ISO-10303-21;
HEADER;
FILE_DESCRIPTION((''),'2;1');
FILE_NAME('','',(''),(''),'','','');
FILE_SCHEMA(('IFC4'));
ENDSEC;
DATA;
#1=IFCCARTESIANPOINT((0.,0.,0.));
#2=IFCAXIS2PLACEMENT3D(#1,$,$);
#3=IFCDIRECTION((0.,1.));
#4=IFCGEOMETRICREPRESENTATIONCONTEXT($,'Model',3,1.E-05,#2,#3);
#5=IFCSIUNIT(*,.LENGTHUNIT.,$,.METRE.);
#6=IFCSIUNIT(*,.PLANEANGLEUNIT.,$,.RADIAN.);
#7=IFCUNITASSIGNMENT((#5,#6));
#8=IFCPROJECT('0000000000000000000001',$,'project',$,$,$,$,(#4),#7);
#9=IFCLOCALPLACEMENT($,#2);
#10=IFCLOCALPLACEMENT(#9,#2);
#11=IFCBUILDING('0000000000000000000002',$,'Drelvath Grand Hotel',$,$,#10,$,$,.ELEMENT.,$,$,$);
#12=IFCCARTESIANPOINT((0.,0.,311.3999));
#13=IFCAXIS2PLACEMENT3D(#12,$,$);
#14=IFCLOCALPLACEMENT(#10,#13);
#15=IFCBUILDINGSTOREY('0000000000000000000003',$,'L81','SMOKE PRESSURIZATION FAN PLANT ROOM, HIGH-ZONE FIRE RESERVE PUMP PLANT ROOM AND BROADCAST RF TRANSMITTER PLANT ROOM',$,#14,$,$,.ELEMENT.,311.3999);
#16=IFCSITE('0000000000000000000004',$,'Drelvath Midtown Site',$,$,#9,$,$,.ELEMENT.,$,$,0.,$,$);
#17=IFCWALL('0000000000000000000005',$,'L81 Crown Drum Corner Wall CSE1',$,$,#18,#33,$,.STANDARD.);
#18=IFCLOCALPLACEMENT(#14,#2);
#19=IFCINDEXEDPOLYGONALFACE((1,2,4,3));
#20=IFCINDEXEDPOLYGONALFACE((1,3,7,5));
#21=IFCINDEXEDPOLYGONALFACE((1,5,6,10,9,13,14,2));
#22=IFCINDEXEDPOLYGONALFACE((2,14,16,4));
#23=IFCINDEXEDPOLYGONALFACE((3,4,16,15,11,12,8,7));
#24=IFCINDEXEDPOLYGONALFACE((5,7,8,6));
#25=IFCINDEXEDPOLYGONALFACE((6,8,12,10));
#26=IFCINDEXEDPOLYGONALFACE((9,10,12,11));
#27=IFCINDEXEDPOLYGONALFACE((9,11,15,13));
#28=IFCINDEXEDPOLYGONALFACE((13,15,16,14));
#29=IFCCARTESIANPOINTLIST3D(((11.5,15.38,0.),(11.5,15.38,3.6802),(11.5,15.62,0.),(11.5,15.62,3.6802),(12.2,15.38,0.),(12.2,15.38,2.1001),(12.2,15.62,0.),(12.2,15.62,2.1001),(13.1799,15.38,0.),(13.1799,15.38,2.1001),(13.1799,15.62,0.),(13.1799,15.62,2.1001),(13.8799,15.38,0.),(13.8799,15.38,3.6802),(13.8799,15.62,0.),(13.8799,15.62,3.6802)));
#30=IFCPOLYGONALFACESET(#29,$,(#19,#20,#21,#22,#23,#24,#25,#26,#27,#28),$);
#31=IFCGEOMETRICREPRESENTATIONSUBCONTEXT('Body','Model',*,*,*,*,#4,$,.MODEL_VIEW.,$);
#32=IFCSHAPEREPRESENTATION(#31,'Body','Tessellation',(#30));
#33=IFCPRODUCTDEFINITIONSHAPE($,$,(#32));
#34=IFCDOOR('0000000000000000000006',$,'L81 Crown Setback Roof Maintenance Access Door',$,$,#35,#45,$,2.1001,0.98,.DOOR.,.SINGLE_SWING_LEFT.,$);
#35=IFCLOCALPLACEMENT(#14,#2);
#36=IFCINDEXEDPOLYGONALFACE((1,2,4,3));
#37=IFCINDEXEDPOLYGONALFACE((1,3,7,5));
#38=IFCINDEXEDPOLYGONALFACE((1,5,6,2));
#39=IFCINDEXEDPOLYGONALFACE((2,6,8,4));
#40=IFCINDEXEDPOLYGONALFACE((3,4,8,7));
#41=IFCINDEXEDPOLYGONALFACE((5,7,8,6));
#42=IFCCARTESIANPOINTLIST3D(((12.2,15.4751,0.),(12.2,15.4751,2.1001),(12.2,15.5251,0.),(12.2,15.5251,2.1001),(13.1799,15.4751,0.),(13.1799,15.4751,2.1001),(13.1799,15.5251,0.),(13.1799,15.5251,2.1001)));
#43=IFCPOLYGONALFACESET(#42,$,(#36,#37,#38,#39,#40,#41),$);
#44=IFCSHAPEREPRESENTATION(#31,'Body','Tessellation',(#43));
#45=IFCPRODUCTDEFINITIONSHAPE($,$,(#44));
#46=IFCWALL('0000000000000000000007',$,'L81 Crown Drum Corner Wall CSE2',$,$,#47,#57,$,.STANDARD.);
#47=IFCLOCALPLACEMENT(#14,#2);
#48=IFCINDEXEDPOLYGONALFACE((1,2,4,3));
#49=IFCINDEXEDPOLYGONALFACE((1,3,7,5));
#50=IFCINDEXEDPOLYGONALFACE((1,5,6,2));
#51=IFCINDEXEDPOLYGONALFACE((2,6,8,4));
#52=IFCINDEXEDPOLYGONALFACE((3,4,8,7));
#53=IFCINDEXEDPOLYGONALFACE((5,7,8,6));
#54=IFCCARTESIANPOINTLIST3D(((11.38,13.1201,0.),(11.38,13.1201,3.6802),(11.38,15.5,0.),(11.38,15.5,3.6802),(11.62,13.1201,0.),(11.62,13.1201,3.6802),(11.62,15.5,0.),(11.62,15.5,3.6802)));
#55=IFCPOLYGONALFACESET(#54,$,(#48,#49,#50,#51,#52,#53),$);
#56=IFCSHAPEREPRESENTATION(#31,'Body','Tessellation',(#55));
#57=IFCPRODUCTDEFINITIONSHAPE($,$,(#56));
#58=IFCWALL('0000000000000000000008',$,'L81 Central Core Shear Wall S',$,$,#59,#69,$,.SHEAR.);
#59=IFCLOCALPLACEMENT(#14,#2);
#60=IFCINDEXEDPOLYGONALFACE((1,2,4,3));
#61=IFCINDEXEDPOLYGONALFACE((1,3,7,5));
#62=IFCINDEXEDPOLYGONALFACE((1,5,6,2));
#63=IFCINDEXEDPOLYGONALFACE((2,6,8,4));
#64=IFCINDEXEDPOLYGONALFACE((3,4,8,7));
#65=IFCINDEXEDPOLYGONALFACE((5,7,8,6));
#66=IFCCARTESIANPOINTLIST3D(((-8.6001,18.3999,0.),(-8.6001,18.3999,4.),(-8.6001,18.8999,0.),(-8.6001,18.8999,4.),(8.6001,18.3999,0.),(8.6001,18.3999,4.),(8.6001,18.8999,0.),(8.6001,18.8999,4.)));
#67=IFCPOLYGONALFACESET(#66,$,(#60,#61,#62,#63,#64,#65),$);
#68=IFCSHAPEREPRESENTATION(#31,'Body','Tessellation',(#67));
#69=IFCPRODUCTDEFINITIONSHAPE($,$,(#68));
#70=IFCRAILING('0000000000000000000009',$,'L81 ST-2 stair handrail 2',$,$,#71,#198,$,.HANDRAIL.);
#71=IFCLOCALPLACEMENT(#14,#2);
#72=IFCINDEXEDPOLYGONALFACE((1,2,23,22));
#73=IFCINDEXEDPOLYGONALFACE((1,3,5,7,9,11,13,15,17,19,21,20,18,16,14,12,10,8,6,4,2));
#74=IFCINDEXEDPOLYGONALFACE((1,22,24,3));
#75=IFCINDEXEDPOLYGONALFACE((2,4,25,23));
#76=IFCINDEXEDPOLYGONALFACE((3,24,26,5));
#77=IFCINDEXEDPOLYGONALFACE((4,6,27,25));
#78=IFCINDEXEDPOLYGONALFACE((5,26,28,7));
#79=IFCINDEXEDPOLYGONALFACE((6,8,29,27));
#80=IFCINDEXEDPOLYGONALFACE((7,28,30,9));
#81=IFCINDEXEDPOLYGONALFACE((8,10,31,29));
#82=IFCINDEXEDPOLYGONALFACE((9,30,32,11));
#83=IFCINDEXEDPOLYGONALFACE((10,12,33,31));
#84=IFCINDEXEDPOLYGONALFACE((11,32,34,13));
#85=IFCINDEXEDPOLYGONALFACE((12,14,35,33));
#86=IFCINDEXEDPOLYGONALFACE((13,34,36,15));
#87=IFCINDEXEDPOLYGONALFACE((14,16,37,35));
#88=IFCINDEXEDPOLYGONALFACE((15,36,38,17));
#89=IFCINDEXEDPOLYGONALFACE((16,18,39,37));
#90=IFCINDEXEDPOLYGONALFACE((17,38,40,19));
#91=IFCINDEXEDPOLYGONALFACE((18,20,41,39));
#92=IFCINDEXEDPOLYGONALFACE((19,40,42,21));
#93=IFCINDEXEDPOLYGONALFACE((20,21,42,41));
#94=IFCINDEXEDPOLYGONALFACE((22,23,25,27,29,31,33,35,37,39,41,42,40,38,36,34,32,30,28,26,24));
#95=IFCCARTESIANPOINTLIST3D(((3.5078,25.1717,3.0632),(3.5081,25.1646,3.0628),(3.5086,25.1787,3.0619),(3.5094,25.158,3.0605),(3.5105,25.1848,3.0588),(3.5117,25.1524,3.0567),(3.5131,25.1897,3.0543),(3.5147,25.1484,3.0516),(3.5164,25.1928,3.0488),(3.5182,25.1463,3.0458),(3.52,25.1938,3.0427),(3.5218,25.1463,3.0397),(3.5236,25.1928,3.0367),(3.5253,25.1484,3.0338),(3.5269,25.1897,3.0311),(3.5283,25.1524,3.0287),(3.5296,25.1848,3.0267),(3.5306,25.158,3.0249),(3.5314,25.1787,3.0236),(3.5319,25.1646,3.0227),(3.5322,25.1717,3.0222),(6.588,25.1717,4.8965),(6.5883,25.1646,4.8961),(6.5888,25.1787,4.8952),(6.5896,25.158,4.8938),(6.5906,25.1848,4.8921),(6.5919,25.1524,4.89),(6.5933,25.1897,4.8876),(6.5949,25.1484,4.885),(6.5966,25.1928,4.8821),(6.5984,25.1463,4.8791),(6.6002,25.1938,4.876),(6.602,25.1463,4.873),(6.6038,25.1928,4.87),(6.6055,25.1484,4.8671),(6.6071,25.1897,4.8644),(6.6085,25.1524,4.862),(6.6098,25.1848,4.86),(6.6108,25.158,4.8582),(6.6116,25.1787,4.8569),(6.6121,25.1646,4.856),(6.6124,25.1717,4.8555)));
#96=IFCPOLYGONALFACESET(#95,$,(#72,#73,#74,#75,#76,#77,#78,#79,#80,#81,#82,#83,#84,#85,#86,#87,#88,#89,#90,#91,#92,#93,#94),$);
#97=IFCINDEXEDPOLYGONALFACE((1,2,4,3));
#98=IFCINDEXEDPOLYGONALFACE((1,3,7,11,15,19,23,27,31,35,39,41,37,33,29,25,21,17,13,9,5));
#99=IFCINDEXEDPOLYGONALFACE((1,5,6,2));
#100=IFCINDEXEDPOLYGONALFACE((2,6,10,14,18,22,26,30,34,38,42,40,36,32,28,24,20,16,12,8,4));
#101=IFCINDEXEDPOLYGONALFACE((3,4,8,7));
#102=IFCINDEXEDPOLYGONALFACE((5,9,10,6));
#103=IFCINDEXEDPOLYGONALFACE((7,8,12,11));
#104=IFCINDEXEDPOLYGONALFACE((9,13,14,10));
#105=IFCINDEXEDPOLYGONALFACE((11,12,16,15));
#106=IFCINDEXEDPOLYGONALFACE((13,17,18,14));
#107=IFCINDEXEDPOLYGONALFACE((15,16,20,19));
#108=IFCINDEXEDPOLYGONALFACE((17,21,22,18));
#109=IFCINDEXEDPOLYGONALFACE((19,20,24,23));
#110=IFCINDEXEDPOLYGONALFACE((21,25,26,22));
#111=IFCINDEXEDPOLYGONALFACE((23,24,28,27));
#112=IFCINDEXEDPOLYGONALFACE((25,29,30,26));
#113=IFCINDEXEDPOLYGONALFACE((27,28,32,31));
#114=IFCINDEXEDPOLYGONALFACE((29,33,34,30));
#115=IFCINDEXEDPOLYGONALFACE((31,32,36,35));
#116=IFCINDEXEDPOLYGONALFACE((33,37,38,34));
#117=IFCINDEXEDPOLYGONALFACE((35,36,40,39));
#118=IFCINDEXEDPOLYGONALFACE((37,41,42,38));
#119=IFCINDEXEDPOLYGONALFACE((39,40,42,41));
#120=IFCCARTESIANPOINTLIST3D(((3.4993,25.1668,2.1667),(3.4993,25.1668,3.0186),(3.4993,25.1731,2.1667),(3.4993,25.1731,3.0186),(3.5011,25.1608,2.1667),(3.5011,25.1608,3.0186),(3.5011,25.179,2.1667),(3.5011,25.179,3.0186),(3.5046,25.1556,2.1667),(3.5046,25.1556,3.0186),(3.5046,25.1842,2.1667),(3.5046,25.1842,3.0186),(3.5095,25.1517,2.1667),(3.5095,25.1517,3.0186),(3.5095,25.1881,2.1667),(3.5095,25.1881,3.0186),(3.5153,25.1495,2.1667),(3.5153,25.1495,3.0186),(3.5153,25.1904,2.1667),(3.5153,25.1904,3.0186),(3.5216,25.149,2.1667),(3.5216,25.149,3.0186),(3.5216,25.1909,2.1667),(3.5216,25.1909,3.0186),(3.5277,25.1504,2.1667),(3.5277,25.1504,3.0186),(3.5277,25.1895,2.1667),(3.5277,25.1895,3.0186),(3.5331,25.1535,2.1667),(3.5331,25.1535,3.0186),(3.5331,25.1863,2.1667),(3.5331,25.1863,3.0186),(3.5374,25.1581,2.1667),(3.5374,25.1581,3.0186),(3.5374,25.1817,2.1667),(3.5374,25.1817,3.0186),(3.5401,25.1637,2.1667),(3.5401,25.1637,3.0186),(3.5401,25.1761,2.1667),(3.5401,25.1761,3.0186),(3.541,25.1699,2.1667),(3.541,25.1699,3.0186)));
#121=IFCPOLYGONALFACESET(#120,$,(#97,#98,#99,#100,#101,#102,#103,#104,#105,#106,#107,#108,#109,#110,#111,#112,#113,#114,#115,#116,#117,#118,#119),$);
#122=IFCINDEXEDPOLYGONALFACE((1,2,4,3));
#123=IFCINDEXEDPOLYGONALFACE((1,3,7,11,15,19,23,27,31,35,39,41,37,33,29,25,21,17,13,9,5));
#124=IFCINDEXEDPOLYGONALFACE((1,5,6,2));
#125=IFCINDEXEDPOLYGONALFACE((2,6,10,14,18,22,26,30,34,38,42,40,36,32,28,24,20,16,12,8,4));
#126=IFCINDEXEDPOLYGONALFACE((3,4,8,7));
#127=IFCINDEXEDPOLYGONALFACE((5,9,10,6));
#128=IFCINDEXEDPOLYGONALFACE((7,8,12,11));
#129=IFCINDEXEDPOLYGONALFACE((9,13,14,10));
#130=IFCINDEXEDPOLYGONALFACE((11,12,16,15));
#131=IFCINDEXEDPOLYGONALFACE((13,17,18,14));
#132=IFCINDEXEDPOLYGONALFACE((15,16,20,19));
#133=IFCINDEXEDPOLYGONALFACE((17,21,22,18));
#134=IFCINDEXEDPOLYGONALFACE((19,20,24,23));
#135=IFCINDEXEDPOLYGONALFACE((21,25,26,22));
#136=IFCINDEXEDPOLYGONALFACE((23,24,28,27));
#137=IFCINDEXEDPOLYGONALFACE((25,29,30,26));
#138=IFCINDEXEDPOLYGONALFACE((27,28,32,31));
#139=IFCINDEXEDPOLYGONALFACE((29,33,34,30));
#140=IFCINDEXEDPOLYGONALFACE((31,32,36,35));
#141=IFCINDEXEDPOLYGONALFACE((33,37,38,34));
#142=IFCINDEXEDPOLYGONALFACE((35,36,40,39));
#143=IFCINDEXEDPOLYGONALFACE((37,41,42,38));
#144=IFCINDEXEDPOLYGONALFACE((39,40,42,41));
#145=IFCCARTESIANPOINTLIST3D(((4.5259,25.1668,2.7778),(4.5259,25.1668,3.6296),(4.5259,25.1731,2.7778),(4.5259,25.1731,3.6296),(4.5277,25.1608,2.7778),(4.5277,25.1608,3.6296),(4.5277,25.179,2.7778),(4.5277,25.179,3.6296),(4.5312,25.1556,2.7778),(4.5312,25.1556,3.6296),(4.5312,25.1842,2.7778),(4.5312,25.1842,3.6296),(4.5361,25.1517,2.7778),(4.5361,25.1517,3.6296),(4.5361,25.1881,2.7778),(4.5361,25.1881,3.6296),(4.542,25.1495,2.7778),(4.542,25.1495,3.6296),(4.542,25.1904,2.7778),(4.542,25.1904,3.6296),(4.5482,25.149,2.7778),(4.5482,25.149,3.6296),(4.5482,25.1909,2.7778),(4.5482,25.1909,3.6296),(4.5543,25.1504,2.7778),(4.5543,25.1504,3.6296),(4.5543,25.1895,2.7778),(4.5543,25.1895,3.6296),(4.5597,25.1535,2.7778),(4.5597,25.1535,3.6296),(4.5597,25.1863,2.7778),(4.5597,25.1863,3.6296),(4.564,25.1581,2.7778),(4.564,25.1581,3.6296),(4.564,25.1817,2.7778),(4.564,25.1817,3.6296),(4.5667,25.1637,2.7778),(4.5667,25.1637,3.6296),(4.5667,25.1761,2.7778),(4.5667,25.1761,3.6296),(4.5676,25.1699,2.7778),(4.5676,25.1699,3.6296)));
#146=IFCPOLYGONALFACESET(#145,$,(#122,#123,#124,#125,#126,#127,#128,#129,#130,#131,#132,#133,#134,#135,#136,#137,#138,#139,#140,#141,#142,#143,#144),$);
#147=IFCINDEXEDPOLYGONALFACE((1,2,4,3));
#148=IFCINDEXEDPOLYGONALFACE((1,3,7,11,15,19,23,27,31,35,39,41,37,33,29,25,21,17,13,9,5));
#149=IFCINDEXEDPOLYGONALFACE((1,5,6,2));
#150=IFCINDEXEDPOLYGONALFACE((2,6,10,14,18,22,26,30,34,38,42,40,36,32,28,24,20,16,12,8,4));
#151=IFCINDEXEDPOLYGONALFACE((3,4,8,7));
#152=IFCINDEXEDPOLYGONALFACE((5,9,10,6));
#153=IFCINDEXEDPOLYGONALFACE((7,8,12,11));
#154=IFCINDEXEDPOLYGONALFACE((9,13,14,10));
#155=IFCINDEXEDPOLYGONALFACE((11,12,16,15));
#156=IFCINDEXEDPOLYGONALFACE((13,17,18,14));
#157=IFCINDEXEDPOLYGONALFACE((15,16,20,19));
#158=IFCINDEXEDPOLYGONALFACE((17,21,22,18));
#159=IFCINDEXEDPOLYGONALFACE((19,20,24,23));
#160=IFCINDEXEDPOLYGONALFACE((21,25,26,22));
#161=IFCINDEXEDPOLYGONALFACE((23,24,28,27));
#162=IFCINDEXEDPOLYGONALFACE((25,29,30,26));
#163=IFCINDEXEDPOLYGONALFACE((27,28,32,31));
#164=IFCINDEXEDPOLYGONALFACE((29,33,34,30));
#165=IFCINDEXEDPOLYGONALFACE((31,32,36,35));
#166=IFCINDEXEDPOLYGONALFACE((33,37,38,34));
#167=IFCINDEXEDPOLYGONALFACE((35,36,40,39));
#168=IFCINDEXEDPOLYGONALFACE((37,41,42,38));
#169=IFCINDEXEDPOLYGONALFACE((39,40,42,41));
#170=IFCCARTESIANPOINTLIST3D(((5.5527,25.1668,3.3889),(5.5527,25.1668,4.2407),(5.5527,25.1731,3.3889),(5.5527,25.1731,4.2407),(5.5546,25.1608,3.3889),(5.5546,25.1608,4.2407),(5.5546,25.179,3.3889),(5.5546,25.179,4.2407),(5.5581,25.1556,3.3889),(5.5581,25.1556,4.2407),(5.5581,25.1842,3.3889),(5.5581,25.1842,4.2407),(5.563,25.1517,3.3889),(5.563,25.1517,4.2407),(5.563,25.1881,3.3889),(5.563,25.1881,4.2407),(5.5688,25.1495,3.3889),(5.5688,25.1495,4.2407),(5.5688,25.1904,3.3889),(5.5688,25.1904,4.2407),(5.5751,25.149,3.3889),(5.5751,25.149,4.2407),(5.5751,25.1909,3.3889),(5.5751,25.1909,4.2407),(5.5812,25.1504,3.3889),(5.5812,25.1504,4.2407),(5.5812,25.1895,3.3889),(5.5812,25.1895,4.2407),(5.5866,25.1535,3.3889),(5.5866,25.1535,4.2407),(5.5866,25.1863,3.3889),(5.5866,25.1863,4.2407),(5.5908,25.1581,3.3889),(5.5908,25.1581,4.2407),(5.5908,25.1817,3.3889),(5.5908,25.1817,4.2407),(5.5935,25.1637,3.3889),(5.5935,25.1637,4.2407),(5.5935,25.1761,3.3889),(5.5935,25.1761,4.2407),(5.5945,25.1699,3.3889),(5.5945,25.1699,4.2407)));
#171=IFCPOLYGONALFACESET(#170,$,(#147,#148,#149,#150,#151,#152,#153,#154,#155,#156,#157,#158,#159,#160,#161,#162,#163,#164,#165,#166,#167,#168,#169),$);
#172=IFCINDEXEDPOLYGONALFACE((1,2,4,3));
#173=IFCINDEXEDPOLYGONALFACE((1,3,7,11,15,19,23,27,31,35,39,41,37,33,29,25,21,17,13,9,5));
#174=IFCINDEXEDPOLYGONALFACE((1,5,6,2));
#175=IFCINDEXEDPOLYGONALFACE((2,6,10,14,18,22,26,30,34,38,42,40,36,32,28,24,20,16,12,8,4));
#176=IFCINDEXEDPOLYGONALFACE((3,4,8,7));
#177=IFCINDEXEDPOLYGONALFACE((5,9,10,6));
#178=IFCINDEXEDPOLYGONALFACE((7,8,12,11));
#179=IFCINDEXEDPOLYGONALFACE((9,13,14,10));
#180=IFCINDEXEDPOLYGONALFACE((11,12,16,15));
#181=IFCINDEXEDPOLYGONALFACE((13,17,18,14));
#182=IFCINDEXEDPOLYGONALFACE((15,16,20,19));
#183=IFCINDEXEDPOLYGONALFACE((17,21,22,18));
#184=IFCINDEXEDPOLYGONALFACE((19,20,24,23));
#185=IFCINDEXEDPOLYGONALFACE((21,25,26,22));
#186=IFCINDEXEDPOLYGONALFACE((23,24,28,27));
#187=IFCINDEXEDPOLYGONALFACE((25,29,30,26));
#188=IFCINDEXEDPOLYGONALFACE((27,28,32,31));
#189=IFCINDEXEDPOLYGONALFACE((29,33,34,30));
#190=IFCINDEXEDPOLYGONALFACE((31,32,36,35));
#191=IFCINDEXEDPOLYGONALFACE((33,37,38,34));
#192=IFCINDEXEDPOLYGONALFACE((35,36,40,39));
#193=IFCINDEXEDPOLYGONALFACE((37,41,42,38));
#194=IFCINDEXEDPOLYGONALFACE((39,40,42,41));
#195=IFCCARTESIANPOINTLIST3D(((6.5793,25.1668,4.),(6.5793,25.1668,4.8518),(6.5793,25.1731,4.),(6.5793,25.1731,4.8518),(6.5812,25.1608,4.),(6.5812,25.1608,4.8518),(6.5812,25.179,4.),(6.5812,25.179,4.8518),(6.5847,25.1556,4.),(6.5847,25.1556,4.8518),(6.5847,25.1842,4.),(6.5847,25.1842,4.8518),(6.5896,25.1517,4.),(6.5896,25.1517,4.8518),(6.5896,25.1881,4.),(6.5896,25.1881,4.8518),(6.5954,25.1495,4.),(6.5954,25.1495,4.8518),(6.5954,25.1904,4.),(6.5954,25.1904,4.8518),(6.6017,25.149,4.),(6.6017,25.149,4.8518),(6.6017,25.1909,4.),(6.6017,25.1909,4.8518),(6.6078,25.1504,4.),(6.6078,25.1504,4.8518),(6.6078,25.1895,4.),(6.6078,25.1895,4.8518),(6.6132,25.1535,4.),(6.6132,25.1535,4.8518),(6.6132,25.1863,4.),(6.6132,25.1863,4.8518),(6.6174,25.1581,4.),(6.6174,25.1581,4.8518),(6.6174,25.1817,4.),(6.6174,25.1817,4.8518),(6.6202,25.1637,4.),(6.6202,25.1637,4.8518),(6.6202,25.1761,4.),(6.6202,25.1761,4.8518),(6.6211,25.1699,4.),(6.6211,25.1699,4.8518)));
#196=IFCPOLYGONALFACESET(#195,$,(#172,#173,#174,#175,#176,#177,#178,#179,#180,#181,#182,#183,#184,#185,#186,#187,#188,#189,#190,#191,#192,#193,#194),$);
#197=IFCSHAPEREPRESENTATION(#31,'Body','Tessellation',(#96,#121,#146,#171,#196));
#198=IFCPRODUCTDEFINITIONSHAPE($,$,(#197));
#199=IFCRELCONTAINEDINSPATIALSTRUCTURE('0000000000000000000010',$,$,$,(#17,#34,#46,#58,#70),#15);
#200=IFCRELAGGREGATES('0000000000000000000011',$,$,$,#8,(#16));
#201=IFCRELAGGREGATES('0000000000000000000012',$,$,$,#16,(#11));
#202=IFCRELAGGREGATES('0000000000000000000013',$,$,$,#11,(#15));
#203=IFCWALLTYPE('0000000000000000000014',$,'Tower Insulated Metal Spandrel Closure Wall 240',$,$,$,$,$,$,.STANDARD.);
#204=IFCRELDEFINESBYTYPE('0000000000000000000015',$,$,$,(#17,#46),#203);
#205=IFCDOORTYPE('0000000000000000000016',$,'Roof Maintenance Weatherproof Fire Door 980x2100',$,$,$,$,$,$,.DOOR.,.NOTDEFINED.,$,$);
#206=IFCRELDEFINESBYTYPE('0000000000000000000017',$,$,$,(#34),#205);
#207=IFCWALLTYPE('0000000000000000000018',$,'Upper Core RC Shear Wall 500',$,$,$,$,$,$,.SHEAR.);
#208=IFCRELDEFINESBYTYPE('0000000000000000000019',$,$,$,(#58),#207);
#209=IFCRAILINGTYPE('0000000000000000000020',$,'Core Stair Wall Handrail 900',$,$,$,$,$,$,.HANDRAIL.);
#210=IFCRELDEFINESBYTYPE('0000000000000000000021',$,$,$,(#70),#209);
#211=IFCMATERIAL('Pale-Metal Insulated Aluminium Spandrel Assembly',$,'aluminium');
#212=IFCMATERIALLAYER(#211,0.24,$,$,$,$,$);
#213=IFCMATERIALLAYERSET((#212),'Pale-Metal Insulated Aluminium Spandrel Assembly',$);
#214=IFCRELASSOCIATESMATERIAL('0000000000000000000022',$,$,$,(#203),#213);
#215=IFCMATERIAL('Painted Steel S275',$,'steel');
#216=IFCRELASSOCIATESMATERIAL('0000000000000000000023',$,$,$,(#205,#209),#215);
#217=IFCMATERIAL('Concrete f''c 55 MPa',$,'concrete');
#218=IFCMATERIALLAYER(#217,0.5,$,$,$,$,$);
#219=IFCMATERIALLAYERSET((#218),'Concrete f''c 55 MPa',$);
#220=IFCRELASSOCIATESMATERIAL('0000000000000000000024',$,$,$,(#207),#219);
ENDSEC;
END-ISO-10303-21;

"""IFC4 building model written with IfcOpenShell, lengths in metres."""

from ifc_helpers import new_model, si_unit, direction, frame, frame_2d, origin, origin_2d, place, context, subcontext, project, spatial, rectangle, circle, extrude, material, layer, layer_set, type_object, element, fill, save


model = new_model("IFC4")

# Units and contexts
model_context = context("Model", 3, precision=1e-05, world=origin(), true_north=direction((0.0, 1.0)))
body_context = subcontext(model_context, "Body", "Model", "MODEL_VIEW")
ifc_project = project(units=[si_unit("LENGTHUNIT", "METRE"), si_unit("PLANEANGLEUNIT", "RADIAN")], contexts=[model_context])

# Site, building, storey
site_placement = place(None, origin())
site = spatial("IfcSite", under=ifc_project, at=site_placement, Name="Drelvath Midtown Site", CompositionType="ELEMENT", RefElevation=0.0)
building_placement = place(site_placement, origin())
building = spatial("IfcBuilding", under=site, at=building_placement, Name="Drelvath Grand Hotel", CompositionType="ELEMENT")
storey_placement = place(building_placement, frame((0.0, 0.0, 311.3999)))
storey = spatial("IfcBuildingStorey", under=building, at=storey_placement, Name="L81", Description="SMOKE PRESSURIZATION FAN PLANT ROOM, HIGH-ZONE FIRE RESERVE PUMP PLANT ROOM AND BROADCAST RF TRANSMITTER PLANT ROOM", CompositionType="ELEMENT", Elevation=311.3999)

# Shared definitions
ifc_material_1 = material(Name="Concrete f'c 55 MPa", Category="concrete")

# Wall, opening, door
ifc_material_2 = material(Name="Painted Steel S275", Category="steel")
ifc_material_3 = material(Name="Pale-Metal Insulated Aluminium Spandrel Assembly", Category="aluminium")
ifc_layer_1 = layer(ifc_material_3, 0.24)
ifc_layer_set_1 = layer_set([ifc_layer_1], Name="Pale-Metal Insulated Aluminium Spandrel Assembly")
wall_type_1 = type_object("IfcWallType", Name="Tower Insulated Metal Spandrel Closure Wall 240", PredefinedType="STANDARD", material=ifc_layer_set_1)
wall_1_placement = place(storey_placement, frame((13.8799, 15.5, 0.0), z_axis=(0.0, 0.0, 1.0), x_axis=(-1.0, 0.0, 0.0)))
wall_1 = element("IfcWall", 1, at=wall_1_placement, inside=storey, type_object=wall_type_1, Name="L81 Crown Drum Corner Wall CSE1", PredefinedType="STANDARD", context=body_context, shape_type="SweptSolid", body=[
    extrude(rectangle(XDim=2.3799, YDim=0.24, at=frame_2d((1.1899, 0.0))), origin(), (0.0, 0.0, 1.0), 3.6802),
])
opening_1_placement = place(wall_1_placement, frame((0.7, 0.0, 0.0)))
opening_1 = element("IfcOpeningElement", 2, at=opening_1_placement, cuts=wall_1, PredefinedType="OPENING", context=body_context, shape_type="SweptSolid", body=[
    extrude(rectangle(XDim=0.98, YDim=2.1001, at=frame_2d((0.49, 1.05))), frame((0.0, 0.1299, 0.0), z_axis=(0.0, -1.0, 0.0), x_axis=(1.0, 0.0, 0.0)), (0.0, 0.0, 1.0), 0.26),
])
door_type_1 = type_object("IfcDoorType", Name="Roof Maintenance Weatherproof Fire Door 980x2100", OperationType="NOTDEFINED", PredefinedType="DOOR", material=ifc_material_2)
door_1_placement = place(opening_1_placement, origin())
door_1 = element("IfcDoor", 3, at=door_1_placement, inside=storey, type_object=door_type_1, Name="L81 Crown Setback Roof Maintenance Access Door", OperationType="SINGLE_SWING_LEFT", OverallHeight=2.1001, OverallWidth=0.98, PredefinedType="DOOR", context=body_context, shape_type="SweptSolid", body=[
    extrude(rectangle(XDim=0.98, YDim=2.1001, at=frame_2d((0.49, 1.05))), frame((0.0, 0.0249, 0.0), z_axis=(0.0, -1.0, 0.0), x_axis=(1.0, 0.0, 0.0)), (0.0, 0.0, 1.0), 0.05),
])
fill(opening_1, door_1)

# Walls
wall_2_placement = place(storey_placement, frame((11.5, 15.5, 0.0), z_axis=(0.0, 0.0, 1.0), x_axis=(0.0, -1.0, 0.0)))
element("IfcWall", 4, at=wall_2_placement, inside=storey, type_object=wall_type_1, Name="L81 Crown Drum Corner Wall CSE2", PredefinedType="STANDARD", context=body_context, shape_type="SweptSolid", body=[
    extrude(rectangle(XDim=2.3799, YDim=0.24, at=frame_2d((1.1899, 0.0))), origin(), (0.0, 0.0, 1.0), 3.6802),
])
ifc_layer_2 = layer(ifc_material_1, 0.5)
ifc_layer_set_2 = layer_set([ifc_layer_2], Name="Concrete f'c 55 MPa")
wall_type_2 = type_object("IfcWallType", Name="Upper Core RC Shear Wall 500", PredefinedType="SHEAR", material=ifc_layer_set_2)
wall_3_placement = place(storey_placement, frame((8.6001, 18.6499, 0.0), z_axis=(0.0, 0.0, 1.0), x_axis=(-1.0, 0.0, 0.0)))
element("IfcWall", 5, at=wall_3_placement, inside=storey, type_object=wall_type_2, Name="L81 Central Core Shear Wall S", PredefinedType="SHEAR", context=body_context, shape_type="SweptSolid", body=[
    extrude(rectangle(XDim=17.2002, YDim=0.5, at=frame_2d((8.6001, 0.0))), origin(), (0.0, 0.0, 1.0), 4.0),
])

# Railing
railing_type = type_object("IfcRailingType", Name="Core Stair Wall Handrail 900", PredefinedType="HANDRAIL", material=ifc_material_2)
railing_placement = place(storey_placement, frame((3.52, 25.1699, 2.1667)))
element("IfcRailing", 6, at=railing_placement, inside=storey, type_object=railing_type, Name="L81 ST-2 stair handrail 2", PredefinedType="HANDRAIL", context=body_context, shape_type="SweptSolid", body=[
    extrude(circle(Radius=0.0239, at=origin_2d()), frame((0.0, 0.0, 0.876), z_axis=(0.859309, 0.0, 0.511458), x_axis=(0.0, 1.0, 0.0)), (0.0, 0.0, 1.0), 3.5845),
    extrude(circle(Radius=0.021, at=origin_2d()), origin(), (0.0, 0.0, 1.0), 0.8518),
    extrude(circle(Radius=0.021, at=origin_2d()), frame((1.0266, 0.0, 0.6111)), (0.0, 0.0, 1.0), 0.8518),
    extrude(circle(Radius=0.021, at=origin_2d()), frame((2.0535, 0.0, 1.2222)), (0.0, 0.0, 1.0), 0.8518),
    extrude(circle(Radius=0.021, at=origin_2d()), frame((3.0801, 0.0, 1.8333)), (0.0, 0.0, 1.0), 0.8518),
])

save(model, "model.ifc")
